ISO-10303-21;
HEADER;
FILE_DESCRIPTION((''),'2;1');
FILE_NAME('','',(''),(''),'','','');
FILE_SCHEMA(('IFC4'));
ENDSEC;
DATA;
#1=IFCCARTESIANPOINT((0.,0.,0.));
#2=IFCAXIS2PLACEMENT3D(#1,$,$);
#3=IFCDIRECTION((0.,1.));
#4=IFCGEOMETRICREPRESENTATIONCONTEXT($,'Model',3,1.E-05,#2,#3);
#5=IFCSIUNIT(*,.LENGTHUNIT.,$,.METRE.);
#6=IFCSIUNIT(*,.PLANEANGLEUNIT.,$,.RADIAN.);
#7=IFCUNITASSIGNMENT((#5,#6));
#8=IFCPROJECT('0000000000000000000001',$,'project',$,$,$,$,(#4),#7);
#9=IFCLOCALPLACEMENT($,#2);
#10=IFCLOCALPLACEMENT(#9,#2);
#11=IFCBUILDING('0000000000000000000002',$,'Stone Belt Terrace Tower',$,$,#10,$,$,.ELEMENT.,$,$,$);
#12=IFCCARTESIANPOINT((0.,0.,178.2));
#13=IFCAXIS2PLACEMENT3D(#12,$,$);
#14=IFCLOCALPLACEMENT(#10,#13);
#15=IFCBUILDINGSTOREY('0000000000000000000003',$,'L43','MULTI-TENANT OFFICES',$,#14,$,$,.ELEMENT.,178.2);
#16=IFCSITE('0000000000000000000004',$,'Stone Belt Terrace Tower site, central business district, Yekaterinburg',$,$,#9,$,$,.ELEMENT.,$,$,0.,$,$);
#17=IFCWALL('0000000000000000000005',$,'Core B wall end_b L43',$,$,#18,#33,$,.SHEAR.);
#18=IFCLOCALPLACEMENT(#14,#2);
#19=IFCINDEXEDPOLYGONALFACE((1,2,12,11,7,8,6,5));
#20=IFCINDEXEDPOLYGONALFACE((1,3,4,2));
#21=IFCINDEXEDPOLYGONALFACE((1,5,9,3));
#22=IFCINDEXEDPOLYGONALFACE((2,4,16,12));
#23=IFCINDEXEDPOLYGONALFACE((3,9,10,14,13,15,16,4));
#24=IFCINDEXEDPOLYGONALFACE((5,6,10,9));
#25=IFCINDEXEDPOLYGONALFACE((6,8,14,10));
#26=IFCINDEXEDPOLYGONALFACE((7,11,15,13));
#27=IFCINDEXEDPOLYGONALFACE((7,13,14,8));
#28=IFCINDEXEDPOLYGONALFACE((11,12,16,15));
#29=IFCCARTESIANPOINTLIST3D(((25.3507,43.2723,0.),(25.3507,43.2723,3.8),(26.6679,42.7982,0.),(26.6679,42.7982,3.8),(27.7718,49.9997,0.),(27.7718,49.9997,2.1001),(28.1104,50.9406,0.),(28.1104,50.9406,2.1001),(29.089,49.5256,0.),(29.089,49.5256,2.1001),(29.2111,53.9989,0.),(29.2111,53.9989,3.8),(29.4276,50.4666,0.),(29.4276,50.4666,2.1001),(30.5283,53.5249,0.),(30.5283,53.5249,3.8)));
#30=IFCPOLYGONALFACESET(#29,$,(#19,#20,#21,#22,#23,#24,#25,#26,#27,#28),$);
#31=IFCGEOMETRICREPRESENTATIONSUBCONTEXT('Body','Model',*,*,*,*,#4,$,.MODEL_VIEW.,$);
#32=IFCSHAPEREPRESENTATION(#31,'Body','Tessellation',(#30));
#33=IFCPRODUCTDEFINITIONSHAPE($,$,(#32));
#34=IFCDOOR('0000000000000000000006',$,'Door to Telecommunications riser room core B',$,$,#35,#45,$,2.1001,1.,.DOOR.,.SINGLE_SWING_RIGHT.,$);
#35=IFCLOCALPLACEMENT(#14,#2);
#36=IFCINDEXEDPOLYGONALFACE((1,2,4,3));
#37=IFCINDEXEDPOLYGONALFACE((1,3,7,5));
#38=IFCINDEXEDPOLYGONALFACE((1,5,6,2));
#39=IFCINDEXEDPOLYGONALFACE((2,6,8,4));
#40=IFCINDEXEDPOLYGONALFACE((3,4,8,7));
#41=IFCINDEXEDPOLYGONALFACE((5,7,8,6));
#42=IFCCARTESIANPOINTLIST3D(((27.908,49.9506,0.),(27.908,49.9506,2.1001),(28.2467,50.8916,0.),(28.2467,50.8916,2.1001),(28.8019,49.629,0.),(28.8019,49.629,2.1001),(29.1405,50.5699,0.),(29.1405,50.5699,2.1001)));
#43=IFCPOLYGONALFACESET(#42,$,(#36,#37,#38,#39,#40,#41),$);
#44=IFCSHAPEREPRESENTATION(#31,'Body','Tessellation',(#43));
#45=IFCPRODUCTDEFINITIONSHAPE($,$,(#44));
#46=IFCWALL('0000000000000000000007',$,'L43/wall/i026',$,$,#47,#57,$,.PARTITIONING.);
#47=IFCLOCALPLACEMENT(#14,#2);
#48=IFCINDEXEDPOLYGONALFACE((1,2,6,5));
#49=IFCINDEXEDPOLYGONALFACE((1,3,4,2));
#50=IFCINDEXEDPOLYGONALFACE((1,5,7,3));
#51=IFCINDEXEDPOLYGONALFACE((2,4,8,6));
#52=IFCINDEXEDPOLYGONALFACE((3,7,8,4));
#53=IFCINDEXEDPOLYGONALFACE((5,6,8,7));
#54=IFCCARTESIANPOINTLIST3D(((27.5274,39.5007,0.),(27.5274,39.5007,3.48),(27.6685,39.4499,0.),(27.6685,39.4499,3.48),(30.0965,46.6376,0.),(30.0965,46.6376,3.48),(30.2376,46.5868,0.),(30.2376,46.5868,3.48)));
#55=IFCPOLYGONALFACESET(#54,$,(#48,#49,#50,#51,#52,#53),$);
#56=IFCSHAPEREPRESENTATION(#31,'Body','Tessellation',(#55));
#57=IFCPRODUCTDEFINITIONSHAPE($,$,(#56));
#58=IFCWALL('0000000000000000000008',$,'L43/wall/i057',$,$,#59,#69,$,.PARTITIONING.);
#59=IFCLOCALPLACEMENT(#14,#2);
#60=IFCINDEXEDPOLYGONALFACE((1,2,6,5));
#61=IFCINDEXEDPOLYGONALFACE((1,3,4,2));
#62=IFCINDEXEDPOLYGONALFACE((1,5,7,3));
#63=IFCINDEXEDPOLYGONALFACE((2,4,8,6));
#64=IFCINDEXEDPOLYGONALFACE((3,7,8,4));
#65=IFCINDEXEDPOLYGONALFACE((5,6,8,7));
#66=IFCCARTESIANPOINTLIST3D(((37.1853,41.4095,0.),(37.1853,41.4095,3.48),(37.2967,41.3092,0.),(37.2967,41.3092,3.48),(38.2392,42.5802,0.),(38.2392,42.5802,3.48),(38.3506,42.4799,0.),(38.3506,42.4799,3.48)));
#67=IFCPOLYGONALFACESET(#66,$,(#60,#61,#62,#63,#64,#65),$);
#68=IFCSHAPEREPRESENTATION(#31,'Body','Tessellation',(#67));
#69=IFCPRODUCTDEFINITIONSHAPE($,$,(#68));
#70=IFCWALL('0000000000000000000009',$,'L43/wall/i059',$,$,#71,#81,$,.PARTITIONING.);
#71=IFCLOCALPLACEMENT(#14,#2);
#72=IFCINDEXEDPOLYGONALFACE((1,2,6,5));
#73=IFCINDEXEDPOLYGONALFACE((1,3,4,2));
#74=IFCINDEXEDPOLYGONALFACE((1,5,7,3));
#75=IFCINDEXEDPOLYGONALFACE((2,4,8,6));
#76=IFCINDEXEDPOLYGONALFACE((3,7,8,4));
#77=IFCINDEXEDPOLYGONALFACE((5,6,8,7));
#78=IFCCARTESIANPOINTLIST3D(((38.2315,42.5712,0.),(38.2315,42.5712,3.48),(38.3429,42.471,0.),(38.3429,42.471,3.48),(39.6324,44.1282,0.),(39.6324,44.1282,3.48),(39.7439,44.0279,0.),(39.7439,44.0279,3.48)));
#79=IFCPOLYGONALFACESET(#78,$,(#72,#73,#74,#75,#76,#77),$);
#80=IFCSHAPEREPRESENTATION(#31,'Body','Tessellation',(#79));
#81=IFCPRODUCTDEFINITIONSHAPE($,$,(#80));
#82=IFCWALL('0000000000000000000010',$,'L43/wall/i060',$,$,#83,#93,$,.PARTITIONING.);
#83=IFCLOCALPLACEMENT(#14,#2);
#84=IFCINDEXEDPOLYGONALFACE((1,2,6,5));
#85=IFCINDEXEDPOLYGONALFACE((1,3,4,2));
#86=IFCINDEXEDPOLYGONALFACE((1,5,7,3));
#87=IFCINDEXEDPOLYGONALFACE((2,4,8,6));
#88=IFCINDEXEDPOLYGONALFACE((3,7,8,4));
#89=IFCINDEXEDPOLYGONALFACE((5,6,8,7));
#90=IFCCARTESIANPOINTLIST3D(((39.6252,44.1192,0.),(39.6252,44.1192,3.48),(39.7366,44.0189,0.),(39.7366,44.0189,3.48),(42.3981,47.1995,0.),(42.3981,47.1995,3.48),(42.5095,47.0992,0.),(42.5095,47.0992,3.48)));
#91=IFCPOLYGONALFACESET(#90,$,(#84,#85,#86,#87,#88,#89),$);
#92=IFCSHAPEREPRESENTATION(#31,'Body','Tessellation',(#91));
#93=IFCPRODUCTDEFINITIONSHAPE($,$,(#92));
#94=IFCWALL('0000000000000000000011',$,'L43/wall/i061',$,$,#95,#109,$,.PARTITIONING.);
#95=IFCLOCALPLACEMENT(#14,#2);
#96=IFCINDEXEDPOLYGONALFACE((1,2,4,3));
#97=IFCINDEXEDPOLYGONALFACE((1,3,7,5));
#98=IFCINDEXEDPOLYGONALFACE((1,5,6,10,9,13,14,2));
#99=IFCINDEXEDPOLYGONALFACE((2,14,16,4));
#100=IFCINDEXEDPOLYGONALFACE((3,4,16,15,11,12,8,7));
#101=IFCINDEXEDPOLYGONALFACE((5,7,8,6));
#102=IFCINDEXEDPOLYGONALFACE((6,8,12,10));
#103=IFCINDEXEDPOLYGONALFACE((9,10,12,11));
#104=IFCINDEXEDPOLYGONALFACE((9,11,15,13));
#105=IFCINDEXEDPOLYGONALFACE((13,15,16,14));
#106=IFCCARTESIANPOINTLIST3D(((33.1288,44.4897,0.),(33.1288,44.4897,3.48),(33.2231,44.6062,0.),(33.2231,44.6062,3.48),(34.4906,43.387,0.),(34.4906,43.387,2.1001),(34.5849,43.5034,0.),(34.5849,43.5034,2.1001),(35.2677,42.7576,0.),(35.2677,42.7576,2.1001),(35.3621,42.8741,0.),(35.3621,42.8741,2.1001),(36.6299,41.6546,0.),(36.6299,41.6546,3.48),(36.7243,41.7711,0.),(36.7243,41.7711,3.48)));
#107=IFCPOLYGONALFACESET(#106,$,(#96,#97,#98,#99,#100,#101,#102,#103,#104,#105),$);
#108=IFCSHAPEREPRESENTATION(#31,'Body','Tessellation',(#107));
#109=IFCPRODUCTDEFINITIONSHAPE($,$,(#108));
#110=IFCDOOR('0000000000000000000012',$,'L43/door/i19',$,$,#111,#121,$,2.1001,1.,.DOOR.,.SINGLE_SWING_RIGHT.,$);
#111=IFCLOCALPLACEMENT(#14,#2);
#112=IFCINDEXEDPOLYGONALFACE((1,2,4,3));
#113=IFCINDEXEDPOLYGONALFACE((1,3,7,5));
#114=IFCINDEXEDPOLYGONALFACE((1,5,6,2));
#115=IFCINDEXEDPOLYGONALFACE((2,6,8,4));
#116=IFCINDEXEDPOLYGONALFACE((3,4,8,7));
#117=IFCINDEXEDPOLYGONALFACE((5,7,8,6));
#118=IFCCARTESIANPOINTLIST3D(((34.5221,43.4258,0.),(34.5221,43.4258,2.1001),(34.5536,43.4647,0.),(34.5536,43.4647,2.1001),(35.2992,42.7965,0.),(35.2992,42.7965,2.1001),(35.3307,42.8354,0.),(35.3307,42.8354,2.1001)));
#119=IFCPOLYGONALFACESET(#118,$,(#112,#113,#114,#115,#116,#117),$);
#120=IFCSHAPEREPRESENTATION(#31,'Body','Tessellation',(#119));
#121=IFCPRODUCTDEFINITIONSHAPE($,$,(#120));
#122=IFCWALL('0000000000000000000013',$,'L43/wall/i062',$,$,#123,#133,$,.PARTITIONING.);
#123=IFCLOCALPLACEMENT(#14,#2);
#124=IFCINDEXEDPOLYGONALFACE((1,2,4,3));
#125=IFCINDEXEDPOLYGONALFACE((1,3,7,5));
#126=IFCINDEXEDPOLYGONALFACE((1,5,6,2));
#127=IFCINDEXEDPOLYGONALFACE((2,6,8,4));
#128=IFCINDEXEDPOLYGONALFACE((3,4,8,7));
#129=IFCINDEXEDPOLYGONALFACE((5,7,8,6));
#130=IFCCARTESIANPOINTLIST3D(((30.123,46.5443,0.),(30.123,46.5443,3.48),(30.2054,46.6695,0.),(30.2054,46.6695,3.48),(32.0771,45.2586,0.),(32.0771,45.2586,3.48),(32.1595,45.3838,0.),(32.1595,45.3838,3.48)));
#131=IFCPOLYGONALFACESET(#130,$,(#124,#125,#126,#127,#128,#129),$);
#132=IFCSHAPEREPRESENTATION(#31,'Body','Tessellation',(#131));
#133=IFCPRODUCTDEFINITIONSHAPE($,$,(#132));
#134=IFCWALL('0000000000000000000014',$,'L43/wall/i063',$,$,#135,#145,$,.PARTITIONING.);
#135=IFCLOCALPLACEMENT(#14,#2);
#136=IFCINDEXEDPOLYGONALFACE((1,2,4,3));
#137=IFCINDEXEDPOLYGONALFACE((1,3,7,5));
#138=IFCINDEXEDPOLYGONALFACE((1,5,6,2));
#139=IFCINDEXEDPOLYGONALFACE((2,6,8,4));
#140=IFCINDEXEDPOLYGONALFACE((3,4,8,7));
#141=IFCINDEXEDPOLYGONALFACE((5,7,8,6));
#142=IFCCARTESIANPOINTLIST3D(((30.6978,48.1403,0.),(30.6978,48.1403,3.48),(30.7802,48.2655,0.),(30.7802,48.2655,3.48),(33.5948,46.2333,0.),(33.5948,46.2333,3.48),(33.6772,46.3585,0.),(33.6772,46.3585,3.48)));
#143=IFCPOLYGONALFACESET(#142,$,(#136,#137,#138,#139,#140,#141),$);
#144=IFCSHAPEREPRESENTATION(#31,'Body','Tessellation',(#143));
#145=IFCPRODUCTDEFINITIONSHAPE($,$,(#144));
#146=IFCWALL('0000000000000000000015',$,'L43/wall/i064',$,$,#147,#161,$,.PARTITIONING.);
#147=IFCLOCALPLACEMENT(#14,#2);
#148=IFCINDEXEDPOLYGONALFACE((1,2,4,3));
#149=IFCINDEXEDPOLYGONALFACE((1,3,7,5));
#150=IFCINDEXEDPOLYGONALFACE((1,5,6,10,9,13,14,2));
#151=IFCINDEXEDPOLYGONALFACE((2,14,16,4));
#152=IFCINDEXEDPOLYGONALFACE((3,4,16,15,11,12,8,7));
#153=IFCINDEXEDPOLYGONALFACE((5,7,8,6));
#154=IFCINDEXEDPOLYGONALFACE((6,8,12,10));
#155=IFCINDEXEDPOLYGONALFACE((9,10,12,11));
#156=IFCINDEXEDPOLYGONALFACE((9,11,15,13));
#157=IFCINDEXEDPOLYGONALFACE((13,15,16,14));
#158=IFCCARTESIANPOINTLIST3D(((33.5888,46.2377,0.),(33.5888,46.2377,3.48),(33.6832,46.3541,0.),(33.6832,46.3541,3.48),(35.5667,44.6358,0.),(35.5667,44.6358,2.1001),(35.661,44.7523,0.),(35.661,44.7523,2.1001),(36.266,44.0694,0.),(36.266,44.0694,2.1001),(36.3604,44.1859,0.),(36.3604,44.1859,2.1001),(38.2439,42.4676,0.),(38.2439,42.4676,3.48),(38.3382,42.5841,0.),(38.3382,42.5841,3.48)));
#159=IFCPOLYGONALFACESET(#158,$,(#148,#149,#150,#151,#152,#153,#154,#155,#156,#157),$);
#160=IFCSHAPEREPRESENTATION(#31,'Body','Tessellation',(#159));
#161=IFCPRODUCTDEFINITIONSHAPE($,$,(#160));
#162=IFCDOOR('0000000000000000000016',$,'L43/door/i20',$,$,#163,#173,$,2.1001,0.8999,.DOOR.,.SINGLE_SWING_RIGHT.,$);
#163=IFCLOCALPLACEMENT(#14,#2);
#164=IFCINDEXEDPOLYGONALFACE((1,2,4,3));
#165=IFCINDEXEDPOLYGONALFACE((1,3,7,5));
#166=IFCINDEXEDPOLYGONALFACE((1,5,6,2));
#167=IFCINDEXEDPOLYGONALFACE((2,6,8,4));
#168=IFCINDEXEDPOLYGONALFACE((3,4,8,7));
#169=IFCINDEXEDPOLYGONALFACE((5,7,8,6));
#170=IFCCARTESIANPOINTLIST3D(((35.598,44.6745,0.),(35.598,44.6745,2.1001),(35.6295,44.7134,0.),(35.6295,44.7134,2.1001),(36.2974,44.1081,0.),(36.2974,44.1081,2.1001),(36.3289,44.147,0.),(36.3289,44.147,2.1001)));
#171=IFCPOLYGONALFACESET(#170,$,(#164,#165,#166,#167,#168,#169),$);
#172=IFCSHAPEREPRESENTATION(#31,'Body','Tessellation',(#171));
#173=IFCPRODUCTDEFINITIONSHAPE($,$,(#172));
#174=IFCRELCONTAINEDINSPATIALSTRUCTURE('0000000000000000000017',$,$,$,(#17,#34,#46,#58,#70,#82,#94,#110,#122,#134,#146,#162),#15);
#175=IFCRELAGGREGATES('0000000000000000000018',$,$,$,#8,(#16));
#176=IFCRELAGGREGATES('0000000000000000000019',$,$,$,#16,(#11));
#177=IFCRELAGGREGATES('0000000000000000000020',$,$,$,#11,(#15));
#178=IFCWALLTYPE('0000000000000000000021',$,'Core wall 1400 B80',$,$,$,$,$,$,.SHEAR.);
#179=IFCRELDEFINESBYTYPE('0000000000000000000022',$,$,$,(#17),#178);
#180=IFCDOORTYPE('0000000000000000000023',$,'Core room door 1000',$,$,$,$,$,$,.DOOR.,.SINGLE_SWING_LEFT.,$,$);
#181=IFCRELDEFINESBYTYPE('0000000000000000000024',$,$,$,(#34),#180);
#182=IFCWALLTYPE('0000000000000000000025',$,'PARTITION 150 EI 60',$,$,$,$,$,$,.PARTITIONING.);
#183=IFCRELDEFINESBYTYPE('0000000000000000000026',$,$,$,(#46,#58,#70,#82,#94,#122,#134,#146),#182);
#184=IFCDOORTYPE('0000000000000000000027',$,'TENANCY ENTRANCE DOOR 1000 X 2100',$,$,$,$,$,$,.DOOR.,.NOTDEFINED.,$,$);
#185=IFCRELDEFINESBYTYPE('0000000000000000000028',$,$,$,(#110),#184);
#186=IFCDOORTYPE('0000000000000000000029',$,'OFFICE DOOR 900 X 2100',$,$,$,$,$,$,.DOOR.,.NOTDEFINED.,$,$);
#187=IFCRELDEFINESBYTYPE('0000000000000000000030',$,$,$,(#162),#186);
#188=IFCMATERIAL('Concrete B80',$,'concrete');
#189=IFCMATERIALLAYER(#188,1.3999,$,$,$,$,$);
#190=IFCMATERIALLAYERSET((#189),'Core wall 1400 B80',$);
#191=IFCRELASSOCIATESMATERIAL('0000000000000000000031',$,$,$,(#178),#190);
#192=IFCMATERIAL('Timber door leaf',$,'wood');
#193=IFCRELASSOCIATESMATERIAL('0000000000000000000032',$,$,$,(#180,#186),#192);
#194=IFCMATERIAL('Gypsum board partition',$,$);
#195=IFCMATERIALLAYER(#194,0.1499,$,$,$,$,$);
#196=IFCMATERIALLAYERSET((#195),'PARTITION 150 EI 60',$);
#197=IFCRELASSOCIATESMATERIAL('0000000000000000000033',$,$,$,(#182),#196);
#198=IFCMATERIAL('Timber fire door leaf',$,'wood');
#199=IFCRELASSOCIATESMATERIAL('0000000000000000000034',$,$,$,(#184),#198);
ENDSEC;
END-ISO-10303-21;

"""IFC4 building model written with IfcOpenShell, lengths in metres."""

from ifc_helpers import new_model, si_unit, direction, frame, frame_2d, origin, place, context, subcontext, project, spatial, rectangle, extrude, material, layer, layer_set, type_object, element, fill, save


model = new_model("IFC4")

# Units and contexts
model_context = context("Model", 3, precision=1e-05, world=origin(), true_north=direction((0.0, 1.0)))
body_context = subcontext(model_context, "Body", "Model", "MODEL_VIEW")
ifc_project = project(units=[si_unit("LENGTHUNIT", "METRE"), si_unit("PLANEANGLEUNIT", "RADIAN")], contexts=[model_context])

# Site, building, storey
site_placement = place(None, origin())
site = spatial("IfcSite", under=ifc_project, at=site_placement, Name="Stone Belt Terrace Tower site, central business district, Yekaterinburg", CompositionType="ELEMENT", RefElevation=0.0)
building_placement = place(site_placement, origin())
building = spatial("IfcBuilding", under=site, at=building_placement, Name="Stone Belt Terrace Tower", CompositionType="ELEMENT")
storey_placement = place(building_placement, frame((0.0, 0.0, 178.2)))
storey = spatial("IfcBuildingStorey", under=building, at=storey_placement, Name="L43", Description="MULTI-TENANT OFFICES", CompositionType="ELEMENT", Elevation=178.2)

# Shared definitions
ifc_material_1 = material(Name="Concrete B80", Category="concrete")

# Wall, opening, door
ifc_layer_1 = layer(ifc_material_1, 1.3999)
ifc_layer_set_1 = layer_set([ifc_layer_1], Name="Core wall 1400 B80")
wall_type_1 = type_object("IfcWallType", Name="Core wall 1400 B80", PredefinedType="SHEAR", material=ifc_layer_set_1)
wall_1_placement = place(storey_placement, frame((26.0093, 43.0352, 0.0), z_axis=(0.0, 0.0, 1.0), x_axis=(0.338625, 0.940921, 0.0)))
wall_1 = element("IfcWall", 1, at=wall_1_placement, inside=storey, type_object=wall_type_1, Name="Core B wall end_b L43", PredefinedType="SHEAR", context=body_context, shape_type="SweptSolid", body=[
    extrude(rectangle(XDim=11.4001, YDim=1.3999, at=frame_2d((5.7002, 0.0))), origin(), (0.0, 0.0, 1.0), 3.8),
])
opening_1_placement = place(wall_1_placement, frame((7.1499, 0.0, 0.0)))
opening_1 = element("IfcOpeningElement", 2, at=opening_1_placement, cuts=wall_1, PredefinedType="OPENING", context=body_context, shape_type="SweptSolid", body=[
    extrude(rectangle(XDim=1.0, YDim=2.1001, at=frame_2d((0.5, 1.05))), frame((0.0, 0.71, 0.0), z_axis=(0.0, -1.0, 0.0), x_axis=(1.0, 0.0, 0.0)), (0.0, 0.0, 1.0), 1.4199),
])
ifc_material_2 = material(Name="Timber door leaf", Category="wood")
door_type_1 = type_object("IfcDoorType", Name="Core room door 1000", OperationType="SINGLE_SWING_LEFT", PredefinedType="DOOR", material=ifc_material_2)
door_1_placement = place(opening_1_placement, origin())
door_1 = element("IfcDoor", 3, at=door_1_placement, inside=storey, type_object=door_type_1, Name="Door to Telecommunications riser room core B", OperationType="SINGLE_SWING_RIGHT", OverallHeight=2.1001, OverallWidth=1.0, PredefinedType="DOOR", context=body_context, shape_type="SweptSolid", body=[
    extrude(rectangle(XDim=1.0, YDim=2.1001, at=frame_2d((0.5, 1.05))), frame((0.0, 0.5552, 0.0), z_axis=(0.0, -1.0, 0.0), x_axis=(1.0, 0.0, 0.0)), (0.0, 0.0, 1.0), 0.95),
])
fill(opening_1, door_1)

# Walls
ifc_material_3 = material(Name="Gypsum board partition")
ifc_layer_2 = layer(ifc_material_3, 0.1499)
ifc_layer_set_2 = layer_set([ifc_layer_2], Name="PARTITION 150 EI 60")
wall_type_2 = type_object("IfcWallType", Name="PARTITION 150 EI 60", PredefinedType="PARTITIONING", material=ifc_layer_set_2)
wall_2_placement = place(storey_placement, frame((30.167, 46.6121, 0.0), z_axis=(0.0, 0.0, 1.0), x_axis=(-0.338694, -0.940896, 0.0)))
element("IfcWall", 4, at=wall_2_placement, inside=storey, type_object=wall_type_2, Name="L43/wall/i026", PredefinedType="PARTITIONING", context=body_context, shape_type="SweptSolid", body=[
    extrude(rectangle(XDim=7.5852, YDim=0.1499, at=frame_2d((3.7925, 0.0))), origin(), (0.0, 0.0, 1.0), 3.48),
])
wall_3_placement = place(storey_placement, frame((37.241, 41.3594, 0.0), z_axis=(0.0, 0.0, 1.0), x_axis=(0.669093, 0.743179, 0.0)))
element("IfcWall", 5, at=wall_3_placement, inside=storey, type_object=wall_type_2, Name="L43/wall/i057", PredefinedType="PARTITIONING", context=body_context, shape_type="SweptSolid", body=[
    extrude(rectangle(XDim=1.5752, YDim=0.1499, at=frame_2d((0.7876, 0.0))), origin(), (0.0, 0.0, 1.0), 3.48),
])
wall_4_placement = place(storey_placement, frame((38.2871, 42.521, 0.0), z_axis=(0.0, 0.0, 1.0), x_axis=(0.668881, 0.743369, 0.0)))
element("IfcWall", 6, at=wall_4_placement, inside=storey, type_object=wall_type_2, Name="L43/wall/i059", PredefinedType="PARTITIONING", context=body_context, shape_type="SweptSolid", body=[
    extrude(rectangle(XDim=2.0945, YDim=0.1499, at=frame_2d((1.0474, 0.0))), origin(), (0.0, 0.0, 1.0), 3.48),
])
wall_5_placement = place(storey_placement, frame((39.6809, 44.0691, 0.0), z_axis=(0.0, 0.0, 1.0), x_axis=(0.669053, 0.743215, 0.0)))
element("IfcWall", 7, at=wall_5_placement, inside=storey, type_object=wall_type_2, Name="L43/wall/i060", PredefinedType="PARTITIONING", context=body_context, shape_type="SweptSolid", body=[
    extrude(rectangle(XDim=4.1445, YDim=0.1499, at=frame_2d((2.0723, 0.0))), origin(), (0.0, 0.0, 1.0), 3.48),
])

# Wall, opening, door
wall_6_placement = place(storey_placement, frame((36.677, 41.7129, 0.0), z_axis=(0.0, 0.0, 1.0), x_axis=(-0.777149, 0.629317, 0.0)))
wall_6 = element("IfcWall", 8, at=wall_6_placement, inside=storey, type_object=wall_type_2, Name="L43/wall/i061", PredefinedType="PARTITIONING", context=body_context, shape_type="SweptSolid", body=[
    extrude(rectangle(XDim=4.5051, YDim=0.1499, at=frame_2d((2.2524, 0.0))), origin(), (0.0, 0.0, 1.0), 3.48),
])
opening_2_placement = place(wall_6_placement, frame((1.7527, 0.0, 0.0)))
opening_2 = element("IfcOpeningElement", 9, at=opening_2_placement, cuts=wall_6, PredefinedType="OPENING", context=body_context, shape_type="SweptSolid", body=[
    extrude(rectangle(XDim=1.0, YDim=2.1001, at=frame_2d((0.5, 1.05))), frame((0.0, 0.085, 0.0), z_axis=(0.0, -1.0, 0.0), x_axis=(1.0, 0.0, 0.0)), (0.0, 0.0, 1.0), 0.1699),
])
ifc_material_4 = material(Name="Timber fire door leaf", Category="wood")
door_type_2 = type_object("IfcDoorType", Name="TENANCY ENTRANCE DOOR 1000 X 2100", OperationType="NOTDEFINED", PredefinedType="DOOR", material=ifc_material_4)
door_2_placement = place(opening_2_placement, origin())
door_2 = element("IfcDoor", 10, at=door_2_placement, inside=storey, type_object=door_type_2, Name="L43/door/i19", OperationType="SINGLE_SWING_RIGHT", OverallHeight=2.1001, OverallWidth=1.0, PredefinedType="DOOR", context=body_context, shape_type="SweptSolid", body=[
    extrude(rectangle(XDim=1.0, YDim=2.1001, at=frame_2d((0.5, 1.05))), frame((0.0, 0.0249, 0.0), z_axis=(0.0, -1.0, 0.0), x_axis=(1.0, 0.0, 0.0)), (0.0, 0.0, 1.0), 0.05),
])
fill(opening_2, door_2)

# Walls
wall_7_placement = place(storey_placement, frame((32.1182, 45.3213, 0.0), z_axis=(0.0, 0.0, 1.0), x_axis=(-0.835407, 0.549632, 0.0)))
element("IfcWall", 11, at=wall_7_placement, inside=storey, type_object=wall_type_2, Name="L43/wall/i062", PredefinedType="PARTITIONING", context=body_context, shape_type="SweptSolid", body=[
    extrude(rectangle(XDim=2.3391, YDim=0.1499, at=frame_2d((1.1694, 0.0))), origin(), (0.0, 0.0, 1.0), 3.48),
])
wall_8_placement = place(storey_placement, frame((30.739, 48.2029, 0.0), z_axis=(0.0, 0.0, 1.0), x_axis=(0.835274, -0.549834, 0.0)))
element("IfcWall", 12, at=wall_8_placement, inside=storey, type_object=wall_type_2, Name="L43/wall/i063", PredefinedType="PARTITIONING", context=body_context, shape_type="SweptSolid", body=[
    extrude(rectangle(XDim=3.4683, YDim=0.1499, at=frame_2d((1.7341, 0.0))), origin(), (0.0, 0.0, 1.0), 3.48),
])

# Wall, opening, door
wall_9_placement = place(storey_placement, frame((33.636, 46.2959, 0.0), z_axis=(0.0, 0.0, 1.0), x_axis=(0.777109, -0.629366, 0.0)))
wall_9 = element("IfcWall", 13, at=wall_9_placement, inside=storey, type_object=wall_type_2, Name="L43/wall/i064", PredefinedType="PARTITIONING", context=body_context, shape_type="SweptSolid", body=[
    extrude(rectangle(XDim=5.9902, YDim=0.1499, at=frame_2d((2.9951, 0.0))), origin(), (0.0, 0.0, 1.0), 3.48),
])
opening_3_placement = place(wall_9_placement, frame((2.5452, 0.0, 0.0)))
opening_3 = element("IfcOpeningElement", 14, at=opening_3_placement, cuts=wall_9, PredefinedType="OPENING", context=body_context, shape_type="SweptSolid", body=[
    extrude(rectangle(XDim=0.8999, YDim=2.1001, at=frame_2d((0.45, 1.05))), frame((0.0, 0.085, 0.0), z_axis=(0.0, -1.0, 0.0), x_axis=(1.0, 0.0, 0.0)), (0.0, 0.0, 1.0), 0.1699),
])
door_type_3 = type_object("IfcDoorType", Name="OFFICE DOOR 900 X 2100", OperationType="NOTDEFINED", PredefinedType="DOOR", material=ifc_material_2)
door_3_placement = place(opening_3_placement, origin())
door_3 = element("IfcDoor", 15, at=door_3_placement, inside=storey, type_object=door_type_3, Name="L43/door/i20", OperationType="SINGLE_SWING_RIGHT", OverallHeight=2.1001, OverallWidth=0.8999, PredefinedType="DOOR", context=body_context, shape_type="SweptSolid", body=[
    extrude(rectangle(XDim=0.8999, YDim=2.1001, at=frame_2d((0.45, 1.05))), frame((0.0, 0.0249, 0.0), z_axis=(0.0, -1.0, 0.0), x_axis=(1.0, 0.0, 0.0)), (0.0, 0.0, 1.0), 0.05),
])
fill(opening_3, door_3)

save(model, "model.ifc")
